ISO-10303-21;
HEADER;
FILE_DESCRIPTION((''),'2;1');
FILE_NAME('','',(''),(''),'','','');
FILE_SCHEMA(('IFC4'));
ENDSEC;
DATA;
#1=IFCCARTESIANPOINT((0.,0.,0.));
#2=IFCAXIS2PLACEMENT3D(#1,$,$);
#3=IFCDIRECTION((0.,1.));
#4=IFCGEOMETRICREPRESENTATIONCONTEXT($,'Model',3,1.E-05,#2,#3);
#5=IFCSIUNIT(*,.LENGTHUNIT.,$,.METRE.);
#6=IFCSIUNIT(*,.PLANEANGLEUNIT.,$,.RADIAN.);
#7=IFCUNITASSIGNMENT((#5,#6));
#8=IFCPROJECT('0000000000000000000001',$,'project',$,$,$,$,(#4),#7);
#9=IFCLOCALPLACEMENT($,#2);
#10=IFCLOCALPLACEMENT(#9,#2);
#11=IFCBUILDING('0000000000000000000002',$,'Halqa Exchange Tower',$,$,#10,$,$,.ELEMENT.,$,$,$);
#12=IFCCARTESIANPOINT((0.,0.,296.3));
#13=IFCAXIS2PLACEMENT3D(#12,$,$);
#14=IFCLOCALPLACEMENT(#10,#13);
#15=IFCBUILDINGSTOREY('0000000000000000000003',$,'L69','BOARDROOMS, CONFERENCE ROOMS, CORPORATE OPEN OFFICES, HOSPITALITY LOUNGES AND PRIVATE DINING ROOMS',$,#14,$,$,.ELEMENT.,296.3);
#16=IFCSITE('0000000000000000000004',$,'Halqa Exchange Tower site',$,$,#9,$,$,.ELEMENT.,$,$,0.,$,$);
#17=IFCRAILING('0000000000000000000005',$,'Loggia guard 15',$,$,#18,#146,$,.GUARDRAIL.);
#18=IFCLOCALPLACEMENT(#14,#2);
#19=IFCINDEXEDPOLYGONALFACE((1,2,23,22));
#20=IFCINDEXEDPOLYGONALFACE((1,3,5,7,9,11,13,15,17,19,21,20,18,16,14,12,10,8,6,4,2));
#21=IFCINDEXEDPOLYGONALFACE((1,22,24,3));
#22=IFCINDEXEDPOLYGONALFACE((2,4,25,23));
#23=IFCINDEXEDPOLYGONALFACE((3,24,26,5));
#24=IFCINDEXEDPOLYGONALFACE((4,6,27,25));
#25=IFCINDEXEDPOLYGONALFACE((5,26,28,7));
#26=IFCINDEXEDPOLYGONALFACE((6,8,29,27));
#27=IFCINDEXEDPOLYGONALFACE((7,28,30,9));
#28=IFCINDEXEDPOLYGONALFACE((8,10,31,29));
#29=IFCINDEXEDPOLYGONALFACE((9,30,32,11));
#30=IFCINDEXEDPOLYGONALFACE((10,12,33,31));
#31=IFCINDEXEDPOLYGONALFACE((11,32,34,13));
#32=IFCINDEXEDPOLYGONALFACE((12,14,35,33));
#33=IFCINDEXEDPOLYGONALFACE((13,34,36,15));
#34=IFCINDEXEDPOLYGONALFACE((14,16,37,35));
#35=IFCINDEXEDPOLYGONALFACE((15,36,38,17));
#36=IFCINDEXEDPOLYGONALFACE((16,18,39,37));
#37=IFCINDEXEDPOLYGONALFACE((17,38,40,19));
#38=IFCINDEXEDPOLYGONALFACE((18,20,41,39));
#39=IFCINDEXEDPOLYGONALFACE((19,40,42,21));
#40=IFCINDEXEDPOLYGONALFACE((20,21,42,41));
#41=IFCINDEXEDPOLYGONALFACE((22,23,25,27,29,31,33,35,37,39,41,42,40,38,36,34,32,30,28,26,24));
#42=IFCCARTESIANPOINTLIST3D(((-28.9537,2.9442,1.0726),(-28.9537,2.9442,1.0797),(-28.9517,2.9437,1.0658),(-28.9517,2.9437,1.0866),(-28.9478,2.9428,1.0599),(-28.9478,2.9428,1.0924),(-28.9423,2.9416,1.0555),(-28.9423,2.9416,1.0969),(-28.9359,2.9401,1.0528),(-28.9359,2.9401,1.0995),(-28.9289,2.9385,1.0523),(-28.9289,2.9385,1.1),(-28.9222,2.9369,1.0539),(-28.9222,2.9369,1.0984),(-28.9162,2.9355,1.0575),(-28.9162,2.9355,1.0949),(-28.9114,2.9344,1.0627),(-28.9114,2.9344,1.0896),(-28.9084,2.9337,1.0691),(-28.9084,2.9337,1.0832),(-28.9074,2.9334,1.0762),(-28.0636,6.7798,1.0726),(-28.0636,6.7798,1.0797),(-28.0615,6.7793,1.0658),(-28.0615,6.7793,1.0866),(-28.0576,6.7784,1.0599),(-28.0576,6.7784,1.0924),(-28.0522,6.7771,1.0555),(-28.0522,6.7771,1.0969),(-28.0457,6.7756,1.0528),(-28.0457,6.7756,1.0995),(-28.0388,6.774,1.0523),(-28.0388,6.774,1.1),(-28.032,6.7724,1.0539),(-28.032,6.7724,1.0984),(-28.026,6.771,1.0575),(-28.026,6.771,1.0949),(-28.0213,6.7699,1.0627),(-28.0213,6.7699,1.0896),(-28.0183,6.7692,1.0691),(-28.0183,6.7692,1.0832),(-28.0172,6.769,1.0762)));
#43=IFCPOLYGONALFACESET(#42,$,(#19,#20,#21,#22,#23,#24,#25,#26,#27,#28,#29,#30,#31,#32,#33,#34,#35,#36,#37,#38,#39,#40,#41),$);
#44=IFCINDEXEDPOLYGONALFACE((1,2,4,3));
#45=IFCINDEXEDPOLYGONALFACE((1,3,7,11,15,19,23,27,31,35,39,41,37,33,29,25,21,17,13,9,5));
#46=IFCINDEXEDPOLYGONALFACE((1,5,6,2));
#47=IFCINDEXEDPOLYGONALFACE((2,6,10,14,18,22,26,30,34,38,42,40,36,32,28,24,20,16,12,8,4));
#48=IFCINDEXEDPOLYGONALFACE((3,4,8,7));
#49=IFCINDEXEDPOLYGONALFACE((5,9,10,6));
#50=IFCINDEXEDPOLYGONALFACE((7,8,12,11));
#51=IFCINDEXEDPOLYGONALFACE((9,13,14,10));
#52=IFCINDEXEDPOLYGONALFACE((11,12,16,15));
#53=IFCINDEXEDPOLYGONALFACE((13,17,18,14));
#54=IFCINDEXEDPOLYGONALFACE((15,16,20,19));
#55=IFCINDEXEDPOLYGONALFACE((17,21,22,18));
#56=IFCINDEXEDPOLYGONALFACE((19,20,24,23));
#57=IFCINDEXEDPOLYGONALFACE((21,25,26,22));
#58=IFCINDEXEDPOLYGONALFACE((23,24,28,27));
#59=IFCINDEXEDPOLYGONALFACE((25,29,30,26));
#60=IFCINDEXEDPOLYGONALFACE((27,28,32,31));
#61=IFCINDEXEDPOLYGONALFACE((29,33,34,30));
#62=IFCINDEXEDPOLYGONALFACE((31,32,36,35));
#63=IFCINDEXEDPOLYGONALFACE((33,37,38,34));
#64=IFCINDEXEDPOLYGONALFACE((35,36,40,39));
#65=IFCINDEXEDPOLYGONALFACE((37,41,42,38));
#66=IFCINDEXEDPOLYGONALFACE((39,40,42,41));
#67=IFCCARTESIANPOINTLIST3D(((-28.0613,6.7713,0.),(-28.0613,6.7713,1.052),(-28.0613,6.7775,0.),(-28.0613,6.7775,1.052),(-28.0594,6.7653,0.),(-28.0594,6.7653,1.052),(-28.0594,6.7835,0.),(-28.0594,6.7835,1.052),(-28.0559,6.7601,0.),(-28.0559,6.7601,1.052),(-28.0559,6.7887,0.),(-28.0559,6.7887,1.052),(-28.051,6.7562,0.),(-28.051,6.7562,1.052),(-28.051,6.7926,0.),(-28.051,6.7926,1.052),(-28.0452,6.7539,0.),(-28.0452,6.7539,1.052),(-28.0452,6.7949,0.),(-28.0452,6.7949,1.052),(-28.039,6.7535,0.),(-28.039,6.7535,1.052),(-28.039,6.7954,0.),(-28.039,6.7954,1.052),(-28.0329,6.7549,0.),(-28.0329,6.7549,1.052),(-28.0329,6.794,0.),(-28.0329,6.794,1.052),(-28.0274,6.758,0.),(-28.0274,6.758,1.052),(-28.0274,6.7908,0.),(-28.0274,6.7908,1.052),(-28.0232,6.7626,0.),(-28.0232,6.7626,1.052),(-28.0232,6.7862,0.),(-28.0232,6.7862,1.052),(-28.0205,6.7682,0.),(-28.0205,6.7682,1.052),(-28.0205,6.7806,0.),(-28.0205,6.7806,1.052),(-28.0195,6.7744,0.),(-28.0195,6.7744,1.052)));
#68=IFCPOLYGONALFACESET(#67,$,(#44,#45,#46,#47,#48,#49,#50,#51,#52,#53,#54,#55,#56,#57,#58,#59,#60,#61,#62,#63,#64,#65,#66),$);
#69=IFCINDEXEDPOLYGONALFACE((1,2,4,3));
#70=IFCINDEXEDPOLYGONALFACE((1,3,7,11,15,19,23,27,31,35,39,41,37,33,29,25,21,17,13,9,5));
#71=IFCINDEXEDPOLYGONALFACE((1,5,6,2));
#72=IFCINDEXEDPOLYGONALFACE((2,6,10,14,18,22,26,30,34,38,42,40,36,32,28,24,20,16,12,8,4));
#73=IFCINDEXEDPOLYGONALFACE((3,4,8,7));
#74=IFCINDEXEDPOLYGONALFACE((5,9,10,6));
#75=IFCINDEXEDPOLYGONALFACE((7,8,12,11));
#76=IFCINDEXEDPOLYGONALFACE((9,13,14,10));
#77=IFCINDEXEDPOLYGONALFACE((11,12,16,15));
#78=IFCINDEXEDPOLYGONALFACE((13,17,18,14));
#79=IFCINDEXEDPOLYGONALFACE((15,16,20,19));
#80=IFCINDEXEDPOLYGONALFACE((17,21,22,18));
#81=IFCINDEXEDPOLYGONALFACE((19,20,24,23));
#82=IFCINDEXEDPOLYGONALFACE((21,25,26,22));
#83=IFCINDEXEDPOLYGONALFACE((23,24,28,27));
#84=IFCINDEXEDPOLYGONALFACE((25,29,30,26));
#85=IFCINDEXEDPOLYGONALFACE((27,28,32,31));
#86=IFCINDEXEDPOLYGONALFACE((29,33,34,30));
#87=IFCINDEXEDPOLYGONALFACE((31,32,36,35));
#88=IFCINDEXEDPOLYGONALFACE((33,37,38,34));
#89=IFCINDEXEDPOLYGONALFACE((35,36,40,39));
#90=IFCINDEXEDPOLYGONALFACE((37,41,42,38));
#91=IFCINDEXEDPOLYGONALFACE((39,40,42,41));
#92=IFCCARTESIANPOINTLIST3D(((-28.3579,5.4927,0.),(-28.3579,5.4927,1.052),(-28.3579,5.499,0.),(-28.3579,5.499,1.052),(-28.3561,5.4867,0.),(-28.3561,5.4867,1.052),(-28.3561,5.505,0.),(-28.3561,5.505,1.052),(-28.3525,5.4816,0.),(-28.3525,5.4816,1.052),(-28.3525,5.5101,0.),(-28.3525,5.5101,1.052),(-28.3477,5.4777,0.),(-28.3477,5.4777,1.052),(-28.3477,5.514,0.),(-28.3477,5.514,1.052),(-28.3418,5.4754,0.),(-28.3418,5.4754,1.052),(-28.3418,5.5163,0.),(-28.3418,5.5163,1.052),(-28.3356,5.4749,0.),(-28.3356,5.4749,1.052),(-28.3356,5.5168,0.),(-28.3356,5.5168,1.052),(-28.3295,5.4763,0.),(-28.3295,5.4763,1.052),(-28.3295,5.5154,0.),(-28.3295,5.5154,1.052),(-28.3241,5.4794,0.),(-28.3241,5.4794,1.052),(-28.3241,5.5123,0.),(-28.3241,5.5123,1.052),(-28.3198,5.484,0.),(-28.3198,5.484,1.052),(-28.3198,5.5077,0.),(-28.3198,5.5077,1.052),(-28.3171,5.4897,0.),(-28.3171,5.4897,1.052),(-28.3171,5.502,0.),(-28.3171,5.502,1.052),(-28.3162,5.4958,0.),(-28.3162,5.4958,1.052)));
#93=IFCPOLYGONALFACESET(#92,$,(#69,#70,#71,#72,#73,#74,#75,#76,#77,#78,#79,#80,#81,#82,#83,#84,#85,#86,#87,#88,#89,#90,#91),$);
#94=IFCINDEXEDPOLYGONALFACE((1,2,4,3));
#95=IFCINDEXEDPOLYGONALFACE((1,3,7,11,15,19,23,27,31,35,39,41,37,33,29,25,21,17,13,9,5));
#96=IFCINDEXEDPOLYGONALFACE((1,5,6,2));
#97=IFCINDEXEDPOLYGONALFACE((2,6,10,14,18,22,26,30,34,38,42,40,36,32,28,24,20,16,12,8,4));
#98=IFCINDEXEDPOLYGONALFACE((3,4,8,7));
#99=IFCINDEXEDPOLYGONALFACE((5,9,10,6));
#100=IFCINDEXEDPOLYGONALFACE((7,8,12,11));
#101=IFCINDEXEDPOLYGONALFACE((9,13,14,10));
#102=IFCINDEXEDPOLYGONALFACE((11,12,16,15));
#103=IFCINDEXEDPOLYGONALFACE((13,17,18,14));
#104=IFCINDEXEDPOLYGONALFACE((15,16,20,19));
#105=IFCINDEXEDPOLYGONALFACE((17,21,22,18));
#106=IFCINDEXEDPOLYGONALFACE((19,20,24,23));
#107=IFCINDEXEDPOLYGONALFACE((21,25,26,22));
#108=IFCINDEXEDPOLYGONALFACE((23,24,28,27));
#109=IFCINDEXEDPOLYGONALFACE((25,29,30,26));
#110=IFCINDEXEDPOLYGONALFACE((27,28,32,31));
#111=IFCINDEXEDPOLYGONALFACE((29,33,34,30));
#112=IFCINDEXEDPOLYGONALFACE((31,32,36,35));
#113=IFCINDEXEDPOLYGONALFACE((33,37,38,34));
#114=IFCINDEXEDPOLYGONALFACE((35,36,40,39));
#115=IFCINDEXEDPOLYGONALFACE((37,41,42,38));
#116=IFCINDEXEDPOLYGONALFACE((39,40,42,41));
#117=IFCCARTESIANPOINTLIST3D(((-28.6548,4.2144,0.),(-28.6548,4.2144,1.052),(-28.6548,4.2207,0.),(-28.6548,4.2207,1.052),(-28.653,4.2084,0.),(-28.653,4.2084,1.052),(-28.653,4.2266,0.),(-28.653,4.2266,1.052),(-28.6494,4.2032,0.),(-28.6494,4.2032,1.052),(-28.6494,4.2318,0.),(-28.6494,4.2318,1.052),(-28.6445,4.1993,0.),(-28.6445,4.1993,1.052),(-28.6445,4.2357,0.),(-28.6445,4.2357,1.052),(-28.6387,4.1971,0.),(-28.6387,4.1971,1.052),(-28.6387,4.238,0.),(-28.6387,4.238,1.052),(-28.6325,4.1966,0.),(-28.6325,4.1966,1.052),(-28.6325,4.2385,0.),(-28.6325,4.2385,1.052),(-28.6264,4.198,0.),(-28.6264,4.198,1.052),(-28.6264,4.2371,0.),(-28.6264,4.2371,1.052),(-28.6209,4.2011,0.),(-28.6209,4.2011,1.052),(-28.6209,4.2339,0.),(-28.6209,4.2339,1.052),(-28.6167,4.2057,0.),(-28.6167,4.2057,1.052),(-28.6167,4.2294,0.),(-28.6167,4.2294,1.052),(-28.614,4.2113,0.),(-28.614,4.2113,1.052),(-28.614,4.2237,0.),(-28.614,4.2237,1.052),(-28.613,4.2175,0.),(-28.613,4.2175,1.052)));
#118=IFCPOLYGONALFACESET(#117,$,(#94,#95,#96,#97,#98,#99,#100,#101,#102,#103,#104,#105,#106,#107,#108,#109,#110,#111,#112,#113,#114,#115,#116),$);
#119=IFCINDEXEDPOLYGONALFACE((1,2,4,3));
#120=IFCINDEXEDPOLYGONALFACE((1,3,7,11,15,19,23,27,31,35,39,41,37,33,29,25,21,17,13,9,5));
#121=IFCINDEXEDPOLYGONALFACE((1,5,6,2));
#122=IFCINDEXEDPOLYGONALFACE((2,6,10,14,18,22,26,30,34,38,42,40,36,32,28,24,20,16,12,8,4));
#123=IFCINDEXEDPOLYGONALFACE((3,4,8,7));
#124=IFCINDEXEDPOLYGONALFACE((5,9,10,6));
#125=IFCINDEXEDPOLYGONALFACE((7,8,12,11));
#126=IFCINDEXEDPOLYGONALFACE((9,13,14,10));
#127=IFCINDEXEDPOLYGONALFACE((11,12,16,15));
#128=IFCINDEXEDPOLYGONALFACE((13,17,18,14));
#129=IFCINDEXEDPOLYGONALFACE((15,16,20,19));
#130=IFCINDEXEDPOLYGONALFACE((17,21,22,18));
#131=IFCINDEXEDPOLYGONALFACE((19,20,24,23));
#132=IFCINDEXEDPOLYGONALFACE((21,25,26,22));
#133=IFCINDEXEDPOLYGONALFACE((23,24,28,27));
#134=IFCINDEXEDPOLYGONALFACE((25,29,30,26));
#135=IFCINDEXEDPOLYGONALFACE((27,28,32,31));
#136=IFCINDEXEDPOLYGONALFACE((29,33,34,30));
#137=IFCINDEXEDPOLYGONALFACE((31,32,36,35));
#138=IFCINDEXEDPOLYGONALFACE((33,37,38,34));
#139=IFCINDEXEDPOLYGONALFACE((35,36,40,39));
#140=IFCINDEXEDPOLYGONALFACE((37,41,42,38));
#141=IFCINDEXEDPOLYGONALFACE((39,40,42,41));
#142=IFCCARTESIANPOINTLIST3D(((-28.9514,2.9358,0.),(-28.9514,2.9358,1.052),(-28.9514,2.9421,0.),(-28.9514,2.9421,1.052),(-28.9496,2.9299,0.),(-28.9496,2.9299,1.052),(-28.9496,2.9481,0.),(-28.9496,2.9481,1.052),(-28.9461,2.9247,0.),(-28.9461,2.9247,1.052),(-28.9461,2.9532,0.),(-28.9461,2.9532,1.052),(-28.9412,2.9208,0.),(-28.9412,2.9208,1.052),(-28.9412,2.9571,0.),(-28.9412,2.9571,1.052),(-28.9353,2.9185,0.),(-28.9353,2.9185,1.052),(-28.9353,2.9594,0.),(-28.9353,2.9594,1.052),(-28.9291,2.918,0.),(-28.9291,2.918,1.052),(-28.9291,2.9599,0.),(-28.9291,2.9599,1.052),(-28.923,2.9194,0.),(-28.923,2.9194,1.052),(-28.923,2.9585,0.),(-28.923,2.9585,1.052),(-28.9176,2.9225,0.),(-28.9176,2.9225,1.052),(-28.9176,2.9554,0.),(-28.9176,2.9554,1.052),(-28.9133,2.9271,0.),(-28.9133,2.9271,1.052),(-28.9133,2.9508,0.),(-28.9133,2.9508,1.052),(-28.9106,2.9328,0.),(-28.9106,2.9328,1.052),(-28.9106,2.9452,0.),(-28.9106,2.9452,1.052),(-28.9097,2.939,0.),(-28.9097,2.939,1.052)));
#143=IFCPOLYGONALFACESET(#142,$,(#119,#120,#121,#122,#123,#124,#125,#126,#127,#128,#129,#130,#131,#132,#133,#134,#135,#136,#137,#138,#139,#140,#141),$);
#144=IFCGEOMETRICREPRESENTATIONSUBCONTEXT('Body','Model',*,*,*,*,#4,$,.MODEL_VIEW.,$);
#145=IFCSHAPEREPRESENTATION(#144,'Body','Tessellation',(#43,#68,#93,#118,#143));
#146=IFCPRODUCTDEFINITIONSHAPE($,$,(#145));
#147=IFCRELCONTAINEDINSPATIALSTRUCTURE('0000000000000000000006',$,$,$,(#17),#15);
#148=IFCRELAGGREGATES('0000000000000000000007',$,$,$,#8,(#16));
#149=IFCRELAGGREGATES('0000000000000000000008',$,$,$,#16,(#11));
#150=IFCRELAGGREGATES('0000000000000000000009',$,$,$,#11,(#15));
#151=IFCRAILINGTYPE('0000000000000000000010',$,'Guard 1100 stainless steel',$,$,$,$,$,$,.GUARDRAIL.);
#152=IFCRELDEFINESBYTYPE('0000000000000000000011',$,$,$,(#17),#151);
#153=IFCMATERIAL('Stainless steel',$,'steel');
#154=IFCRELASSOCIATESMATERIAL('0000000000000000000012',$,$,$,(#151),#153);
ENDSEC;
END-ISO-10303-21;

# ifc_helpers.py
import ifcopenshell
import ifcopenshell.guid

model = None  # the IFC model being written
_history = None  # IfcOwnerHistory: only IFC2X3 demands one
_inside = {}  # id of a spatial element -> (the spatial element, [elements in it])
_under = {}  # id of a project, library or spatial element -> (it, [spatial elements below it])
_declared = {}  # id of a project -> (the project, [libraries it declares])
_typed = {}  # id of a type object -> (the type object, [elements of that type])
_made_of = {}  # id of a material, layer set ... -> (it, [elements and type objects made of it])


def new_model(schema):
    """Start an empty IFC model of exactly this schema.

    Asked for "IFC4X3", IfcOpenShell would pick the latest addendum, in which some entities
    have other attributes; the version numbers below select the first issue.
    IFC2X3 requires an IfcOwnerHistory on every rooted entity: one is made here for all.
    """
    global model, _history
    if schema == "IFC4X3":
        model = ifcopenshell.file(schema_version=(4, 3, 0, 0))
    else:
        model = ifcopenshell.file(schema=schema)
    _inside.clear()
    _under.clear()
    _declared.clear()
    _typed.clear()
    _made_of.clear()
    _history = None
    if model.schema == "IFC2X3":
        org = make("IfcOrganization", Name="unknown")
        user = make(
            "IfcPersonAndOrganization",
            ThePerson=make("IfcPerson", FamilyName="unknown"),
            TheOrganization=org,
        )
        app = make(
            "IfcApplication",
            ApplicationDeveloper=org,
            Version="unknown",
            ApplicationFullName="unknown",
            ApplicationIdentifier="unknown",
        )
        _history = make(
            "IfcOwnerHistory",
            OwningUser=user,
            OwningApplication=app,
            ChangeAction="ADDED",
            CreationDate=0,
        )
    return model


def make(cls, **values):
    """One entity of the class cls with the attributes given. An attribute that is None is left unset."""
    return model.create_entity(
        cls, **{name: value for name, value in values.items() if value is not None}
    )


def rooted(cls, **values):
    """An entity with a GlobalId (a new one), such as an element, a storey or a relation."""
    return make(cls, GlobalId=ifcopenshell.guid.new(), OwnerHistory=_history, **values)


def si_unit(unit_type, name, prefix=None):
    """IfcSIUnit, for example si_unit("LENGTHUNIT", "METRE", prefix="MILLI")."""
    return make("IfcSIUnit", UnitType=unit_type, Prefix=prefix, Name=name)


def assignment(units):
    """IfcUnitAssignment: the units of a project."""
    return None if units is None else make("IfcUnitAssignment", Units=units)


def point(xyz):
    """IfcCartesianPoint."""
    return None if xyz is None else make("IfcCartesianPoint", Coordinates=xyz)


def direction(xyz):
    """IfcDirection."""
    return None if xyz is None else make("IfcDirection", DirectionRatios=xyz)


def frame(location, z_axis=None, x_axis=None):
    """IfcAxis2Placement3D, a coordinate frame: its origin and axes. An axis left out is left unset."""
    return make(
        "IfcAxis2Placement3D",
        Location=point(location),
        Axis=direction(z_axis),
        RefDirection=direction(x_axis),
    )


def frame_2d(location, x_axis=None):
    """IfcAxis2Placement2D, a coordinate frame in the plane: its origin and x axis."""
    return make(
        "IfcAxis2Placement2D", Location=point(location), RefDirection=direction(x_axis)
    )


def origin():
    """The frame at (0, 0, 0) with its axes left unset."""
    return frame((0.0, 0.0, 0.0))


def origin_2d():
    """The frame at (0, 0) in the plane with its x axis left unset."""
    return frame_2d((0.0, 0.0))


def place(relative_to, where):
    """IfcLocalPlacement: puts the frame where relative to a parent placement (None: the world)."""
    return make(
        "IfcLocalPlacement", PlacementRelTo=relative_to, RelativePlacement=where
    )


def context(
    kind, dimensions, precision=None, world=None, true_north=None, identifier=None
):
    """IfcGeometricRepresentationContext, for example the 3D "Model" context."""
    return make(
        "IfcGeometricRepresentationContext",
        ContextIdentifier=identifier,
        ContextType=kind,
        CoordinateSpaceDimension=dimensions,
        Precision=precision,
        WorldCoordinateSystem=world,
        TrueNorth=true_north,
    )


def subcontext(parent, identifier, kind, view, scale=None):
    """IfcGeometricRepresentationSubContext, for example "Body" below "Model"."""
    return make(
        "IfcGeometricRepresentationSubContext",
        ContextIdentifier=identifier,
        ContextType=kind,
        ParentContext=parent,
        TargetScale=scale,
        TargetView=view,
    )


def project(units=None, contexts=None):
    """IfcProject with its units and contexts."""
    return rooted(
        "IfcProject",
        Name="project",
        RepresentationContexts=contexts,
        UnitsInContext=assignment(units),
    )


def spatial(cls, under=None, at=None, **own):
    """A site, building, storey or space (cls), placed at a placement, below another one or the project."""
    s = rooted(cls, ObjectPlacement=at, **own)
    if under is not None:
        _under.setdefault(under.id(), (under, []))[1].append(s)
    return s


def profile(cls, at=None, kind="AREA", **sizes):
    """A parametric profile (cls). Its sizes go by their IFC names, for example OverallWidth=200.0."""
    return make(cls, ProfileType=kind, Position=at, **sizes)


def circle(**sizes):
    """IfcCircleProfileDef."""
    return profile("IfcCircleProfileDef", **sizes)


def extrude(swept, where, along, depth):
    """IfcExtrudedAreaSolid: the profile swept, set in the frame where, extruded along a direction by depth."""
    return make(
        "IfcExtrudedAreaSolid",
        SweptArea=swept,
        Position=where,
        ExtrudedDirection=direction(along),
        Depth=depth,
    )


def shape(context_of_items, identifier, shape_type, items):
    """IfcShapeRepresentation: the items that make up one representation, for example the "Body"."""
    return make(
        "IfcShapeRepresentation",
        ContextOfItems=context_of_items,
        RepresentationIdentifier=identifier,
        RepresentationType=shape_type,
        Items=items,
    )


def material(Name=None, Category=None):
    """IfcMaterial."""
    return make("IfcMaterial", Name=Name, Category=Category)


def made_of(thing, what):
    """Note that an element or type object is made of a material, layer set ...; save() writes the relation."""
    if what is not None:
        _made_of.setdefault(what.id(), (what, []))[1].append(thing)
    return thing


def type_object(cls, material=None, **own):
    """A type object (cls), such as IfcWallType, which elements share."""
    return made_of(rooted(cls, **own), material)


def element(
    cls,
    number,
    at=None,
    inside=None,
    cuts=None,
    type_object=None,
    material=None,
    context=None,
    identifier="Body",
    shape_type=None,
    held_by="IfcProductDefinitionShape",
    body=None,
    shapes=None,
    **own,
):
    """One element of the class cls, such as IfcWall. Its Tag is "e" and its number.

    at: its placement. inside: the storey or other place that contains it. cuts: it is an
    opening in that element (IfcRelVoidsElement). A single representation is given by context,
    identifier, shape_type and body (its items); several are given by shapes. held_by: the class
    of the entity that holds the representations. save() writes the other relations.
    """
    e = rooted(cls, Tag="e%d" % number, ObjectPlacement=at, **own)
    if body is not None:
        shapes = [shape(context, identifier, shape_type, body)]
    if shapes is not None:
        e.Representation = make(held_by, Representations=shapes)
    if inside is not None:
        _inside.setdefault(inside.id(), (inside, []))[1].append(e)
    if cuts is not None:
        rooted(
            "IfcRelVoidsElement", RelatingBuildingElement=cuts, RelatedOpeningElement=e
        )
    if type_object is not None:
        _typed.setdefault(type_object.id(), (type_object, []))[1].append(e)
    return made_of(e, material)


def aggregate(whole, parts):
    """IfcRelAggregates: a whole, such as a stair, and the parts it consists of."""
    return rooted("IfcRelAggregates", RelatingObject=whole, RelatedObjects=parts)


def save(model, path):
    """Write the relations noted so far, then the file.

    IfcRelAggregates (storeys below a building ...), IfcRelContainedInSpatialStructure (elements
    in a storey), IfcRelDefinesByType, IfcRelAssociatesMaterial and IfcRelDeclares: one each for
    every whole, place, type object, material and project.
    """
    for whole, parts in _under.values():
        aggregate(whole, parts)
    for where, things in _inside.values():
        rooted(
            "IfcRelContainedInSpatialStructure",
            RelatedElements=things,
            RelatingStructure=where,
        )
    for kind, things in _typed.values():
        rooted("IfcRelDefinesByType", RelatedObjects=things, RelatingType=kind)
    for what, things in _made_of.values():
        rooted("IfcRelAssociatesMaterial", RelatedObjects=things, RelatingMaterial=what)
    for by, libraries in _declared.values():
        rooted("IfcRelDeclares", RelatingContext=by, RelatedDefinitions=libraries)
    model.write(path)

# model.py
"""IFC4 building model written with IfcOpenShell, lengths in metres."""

from ifc_helpers import new_model, si_unit, direction, frame, origin, origin_2d, place, context, subcontext, project, spatial, circle, extrude, material, type_object, element, save


model = new_model("IFC4")

# Units and contexts
model_context = context("Model", 3, precision=1e-05, world=origin(), true_north=direction((0.0, 1.0)))
body_context = subcontext(model_context, "Body", "Model", "MODEL_VIEW")
ifc_project = project(units=[si_unit("LENGTHUNIT", "METRE"), si_unit("PLANEANGLEUNIT", "RADIAN")], contexts=[model_context])

# Site, building, storey
site_placement = place(None, origin())
site = spatial("IfcSite", under=ifc_project, at=site_placement, Name="Halqa Exchange Tower site", CompositionType="ELEMENT", RefElevation=0.0)
building_placement = place(site_placement, origin())
building = spatial("IfcBuilding", under=site, at=building_placement, Name="Halqa Exchange Tower", CompositionType="ELEMENT")
storey_placement = place(building_placement, frame((0.0, 0.0, 296.3)))
storey = spatial("IfcBuildingStorey", under=building, at=storey_placement, Name="L69", Description="BOARDROOMS, CONFERENCE ROOMS, CORPORATE OPEN OFFICES, HOSPITALITY LOUNGES AND PRIVATE DINING ROOMS", CompositionType="ELEMENT", Elevation=296.3)

# Railing
ifc_material_1 = material(Name="Stainless steel", Category="steel")
railing_type = type_object("IfcRailingType", Name="Guard 1100 stainless steel", PredefinedType="GUARDRAIL", material=ifc_material_1)
railing_1_placement = place(storey_placement, frame((-28.0405, 6.7744, 0.0)))
element("IfcRailing", 1, at=railing_1_placement, inside=storey, type_object=railing_type, Name="Loggia guard 15", PredefinedType="GUARDRAIL", context=body_context, shape_type="SweptSolid", body=[
    extrude(circle(Radius=0.0239, at=origin_2d()), frame((0.0, 0.0, 1.0762), z_axis=(-0.226073, -0.97411, 0.0), x_axis=(0.97411, -0.226073, 0.0)), (0.0, 0.0, 1.0), 3.9375),
    extrude(circle(Radius=0.021, at=origin_2d()), origin(), (0.0, 0.0, 1.0), 1.052),
    extrude(circle(Radius=0.021, at=origin_2d()), frame((-0.2966, -1.2786, 0.0)), (0.0, 0.0, 1.0), 1.052),
    extrude(circle(Radius=0.021, at=origin_2d()), frame((-0.5935, -2.5569, 0.0)), (0.0, 0.0, 1.0), 1.052),
    extrude(circle(Radius=0.021, at=origin_2d()), frame((-0.8901, -3.8354, 0.0)), (0.0, 0.0, 1.0), 1.052),
])

save(model, "model.ifc")
